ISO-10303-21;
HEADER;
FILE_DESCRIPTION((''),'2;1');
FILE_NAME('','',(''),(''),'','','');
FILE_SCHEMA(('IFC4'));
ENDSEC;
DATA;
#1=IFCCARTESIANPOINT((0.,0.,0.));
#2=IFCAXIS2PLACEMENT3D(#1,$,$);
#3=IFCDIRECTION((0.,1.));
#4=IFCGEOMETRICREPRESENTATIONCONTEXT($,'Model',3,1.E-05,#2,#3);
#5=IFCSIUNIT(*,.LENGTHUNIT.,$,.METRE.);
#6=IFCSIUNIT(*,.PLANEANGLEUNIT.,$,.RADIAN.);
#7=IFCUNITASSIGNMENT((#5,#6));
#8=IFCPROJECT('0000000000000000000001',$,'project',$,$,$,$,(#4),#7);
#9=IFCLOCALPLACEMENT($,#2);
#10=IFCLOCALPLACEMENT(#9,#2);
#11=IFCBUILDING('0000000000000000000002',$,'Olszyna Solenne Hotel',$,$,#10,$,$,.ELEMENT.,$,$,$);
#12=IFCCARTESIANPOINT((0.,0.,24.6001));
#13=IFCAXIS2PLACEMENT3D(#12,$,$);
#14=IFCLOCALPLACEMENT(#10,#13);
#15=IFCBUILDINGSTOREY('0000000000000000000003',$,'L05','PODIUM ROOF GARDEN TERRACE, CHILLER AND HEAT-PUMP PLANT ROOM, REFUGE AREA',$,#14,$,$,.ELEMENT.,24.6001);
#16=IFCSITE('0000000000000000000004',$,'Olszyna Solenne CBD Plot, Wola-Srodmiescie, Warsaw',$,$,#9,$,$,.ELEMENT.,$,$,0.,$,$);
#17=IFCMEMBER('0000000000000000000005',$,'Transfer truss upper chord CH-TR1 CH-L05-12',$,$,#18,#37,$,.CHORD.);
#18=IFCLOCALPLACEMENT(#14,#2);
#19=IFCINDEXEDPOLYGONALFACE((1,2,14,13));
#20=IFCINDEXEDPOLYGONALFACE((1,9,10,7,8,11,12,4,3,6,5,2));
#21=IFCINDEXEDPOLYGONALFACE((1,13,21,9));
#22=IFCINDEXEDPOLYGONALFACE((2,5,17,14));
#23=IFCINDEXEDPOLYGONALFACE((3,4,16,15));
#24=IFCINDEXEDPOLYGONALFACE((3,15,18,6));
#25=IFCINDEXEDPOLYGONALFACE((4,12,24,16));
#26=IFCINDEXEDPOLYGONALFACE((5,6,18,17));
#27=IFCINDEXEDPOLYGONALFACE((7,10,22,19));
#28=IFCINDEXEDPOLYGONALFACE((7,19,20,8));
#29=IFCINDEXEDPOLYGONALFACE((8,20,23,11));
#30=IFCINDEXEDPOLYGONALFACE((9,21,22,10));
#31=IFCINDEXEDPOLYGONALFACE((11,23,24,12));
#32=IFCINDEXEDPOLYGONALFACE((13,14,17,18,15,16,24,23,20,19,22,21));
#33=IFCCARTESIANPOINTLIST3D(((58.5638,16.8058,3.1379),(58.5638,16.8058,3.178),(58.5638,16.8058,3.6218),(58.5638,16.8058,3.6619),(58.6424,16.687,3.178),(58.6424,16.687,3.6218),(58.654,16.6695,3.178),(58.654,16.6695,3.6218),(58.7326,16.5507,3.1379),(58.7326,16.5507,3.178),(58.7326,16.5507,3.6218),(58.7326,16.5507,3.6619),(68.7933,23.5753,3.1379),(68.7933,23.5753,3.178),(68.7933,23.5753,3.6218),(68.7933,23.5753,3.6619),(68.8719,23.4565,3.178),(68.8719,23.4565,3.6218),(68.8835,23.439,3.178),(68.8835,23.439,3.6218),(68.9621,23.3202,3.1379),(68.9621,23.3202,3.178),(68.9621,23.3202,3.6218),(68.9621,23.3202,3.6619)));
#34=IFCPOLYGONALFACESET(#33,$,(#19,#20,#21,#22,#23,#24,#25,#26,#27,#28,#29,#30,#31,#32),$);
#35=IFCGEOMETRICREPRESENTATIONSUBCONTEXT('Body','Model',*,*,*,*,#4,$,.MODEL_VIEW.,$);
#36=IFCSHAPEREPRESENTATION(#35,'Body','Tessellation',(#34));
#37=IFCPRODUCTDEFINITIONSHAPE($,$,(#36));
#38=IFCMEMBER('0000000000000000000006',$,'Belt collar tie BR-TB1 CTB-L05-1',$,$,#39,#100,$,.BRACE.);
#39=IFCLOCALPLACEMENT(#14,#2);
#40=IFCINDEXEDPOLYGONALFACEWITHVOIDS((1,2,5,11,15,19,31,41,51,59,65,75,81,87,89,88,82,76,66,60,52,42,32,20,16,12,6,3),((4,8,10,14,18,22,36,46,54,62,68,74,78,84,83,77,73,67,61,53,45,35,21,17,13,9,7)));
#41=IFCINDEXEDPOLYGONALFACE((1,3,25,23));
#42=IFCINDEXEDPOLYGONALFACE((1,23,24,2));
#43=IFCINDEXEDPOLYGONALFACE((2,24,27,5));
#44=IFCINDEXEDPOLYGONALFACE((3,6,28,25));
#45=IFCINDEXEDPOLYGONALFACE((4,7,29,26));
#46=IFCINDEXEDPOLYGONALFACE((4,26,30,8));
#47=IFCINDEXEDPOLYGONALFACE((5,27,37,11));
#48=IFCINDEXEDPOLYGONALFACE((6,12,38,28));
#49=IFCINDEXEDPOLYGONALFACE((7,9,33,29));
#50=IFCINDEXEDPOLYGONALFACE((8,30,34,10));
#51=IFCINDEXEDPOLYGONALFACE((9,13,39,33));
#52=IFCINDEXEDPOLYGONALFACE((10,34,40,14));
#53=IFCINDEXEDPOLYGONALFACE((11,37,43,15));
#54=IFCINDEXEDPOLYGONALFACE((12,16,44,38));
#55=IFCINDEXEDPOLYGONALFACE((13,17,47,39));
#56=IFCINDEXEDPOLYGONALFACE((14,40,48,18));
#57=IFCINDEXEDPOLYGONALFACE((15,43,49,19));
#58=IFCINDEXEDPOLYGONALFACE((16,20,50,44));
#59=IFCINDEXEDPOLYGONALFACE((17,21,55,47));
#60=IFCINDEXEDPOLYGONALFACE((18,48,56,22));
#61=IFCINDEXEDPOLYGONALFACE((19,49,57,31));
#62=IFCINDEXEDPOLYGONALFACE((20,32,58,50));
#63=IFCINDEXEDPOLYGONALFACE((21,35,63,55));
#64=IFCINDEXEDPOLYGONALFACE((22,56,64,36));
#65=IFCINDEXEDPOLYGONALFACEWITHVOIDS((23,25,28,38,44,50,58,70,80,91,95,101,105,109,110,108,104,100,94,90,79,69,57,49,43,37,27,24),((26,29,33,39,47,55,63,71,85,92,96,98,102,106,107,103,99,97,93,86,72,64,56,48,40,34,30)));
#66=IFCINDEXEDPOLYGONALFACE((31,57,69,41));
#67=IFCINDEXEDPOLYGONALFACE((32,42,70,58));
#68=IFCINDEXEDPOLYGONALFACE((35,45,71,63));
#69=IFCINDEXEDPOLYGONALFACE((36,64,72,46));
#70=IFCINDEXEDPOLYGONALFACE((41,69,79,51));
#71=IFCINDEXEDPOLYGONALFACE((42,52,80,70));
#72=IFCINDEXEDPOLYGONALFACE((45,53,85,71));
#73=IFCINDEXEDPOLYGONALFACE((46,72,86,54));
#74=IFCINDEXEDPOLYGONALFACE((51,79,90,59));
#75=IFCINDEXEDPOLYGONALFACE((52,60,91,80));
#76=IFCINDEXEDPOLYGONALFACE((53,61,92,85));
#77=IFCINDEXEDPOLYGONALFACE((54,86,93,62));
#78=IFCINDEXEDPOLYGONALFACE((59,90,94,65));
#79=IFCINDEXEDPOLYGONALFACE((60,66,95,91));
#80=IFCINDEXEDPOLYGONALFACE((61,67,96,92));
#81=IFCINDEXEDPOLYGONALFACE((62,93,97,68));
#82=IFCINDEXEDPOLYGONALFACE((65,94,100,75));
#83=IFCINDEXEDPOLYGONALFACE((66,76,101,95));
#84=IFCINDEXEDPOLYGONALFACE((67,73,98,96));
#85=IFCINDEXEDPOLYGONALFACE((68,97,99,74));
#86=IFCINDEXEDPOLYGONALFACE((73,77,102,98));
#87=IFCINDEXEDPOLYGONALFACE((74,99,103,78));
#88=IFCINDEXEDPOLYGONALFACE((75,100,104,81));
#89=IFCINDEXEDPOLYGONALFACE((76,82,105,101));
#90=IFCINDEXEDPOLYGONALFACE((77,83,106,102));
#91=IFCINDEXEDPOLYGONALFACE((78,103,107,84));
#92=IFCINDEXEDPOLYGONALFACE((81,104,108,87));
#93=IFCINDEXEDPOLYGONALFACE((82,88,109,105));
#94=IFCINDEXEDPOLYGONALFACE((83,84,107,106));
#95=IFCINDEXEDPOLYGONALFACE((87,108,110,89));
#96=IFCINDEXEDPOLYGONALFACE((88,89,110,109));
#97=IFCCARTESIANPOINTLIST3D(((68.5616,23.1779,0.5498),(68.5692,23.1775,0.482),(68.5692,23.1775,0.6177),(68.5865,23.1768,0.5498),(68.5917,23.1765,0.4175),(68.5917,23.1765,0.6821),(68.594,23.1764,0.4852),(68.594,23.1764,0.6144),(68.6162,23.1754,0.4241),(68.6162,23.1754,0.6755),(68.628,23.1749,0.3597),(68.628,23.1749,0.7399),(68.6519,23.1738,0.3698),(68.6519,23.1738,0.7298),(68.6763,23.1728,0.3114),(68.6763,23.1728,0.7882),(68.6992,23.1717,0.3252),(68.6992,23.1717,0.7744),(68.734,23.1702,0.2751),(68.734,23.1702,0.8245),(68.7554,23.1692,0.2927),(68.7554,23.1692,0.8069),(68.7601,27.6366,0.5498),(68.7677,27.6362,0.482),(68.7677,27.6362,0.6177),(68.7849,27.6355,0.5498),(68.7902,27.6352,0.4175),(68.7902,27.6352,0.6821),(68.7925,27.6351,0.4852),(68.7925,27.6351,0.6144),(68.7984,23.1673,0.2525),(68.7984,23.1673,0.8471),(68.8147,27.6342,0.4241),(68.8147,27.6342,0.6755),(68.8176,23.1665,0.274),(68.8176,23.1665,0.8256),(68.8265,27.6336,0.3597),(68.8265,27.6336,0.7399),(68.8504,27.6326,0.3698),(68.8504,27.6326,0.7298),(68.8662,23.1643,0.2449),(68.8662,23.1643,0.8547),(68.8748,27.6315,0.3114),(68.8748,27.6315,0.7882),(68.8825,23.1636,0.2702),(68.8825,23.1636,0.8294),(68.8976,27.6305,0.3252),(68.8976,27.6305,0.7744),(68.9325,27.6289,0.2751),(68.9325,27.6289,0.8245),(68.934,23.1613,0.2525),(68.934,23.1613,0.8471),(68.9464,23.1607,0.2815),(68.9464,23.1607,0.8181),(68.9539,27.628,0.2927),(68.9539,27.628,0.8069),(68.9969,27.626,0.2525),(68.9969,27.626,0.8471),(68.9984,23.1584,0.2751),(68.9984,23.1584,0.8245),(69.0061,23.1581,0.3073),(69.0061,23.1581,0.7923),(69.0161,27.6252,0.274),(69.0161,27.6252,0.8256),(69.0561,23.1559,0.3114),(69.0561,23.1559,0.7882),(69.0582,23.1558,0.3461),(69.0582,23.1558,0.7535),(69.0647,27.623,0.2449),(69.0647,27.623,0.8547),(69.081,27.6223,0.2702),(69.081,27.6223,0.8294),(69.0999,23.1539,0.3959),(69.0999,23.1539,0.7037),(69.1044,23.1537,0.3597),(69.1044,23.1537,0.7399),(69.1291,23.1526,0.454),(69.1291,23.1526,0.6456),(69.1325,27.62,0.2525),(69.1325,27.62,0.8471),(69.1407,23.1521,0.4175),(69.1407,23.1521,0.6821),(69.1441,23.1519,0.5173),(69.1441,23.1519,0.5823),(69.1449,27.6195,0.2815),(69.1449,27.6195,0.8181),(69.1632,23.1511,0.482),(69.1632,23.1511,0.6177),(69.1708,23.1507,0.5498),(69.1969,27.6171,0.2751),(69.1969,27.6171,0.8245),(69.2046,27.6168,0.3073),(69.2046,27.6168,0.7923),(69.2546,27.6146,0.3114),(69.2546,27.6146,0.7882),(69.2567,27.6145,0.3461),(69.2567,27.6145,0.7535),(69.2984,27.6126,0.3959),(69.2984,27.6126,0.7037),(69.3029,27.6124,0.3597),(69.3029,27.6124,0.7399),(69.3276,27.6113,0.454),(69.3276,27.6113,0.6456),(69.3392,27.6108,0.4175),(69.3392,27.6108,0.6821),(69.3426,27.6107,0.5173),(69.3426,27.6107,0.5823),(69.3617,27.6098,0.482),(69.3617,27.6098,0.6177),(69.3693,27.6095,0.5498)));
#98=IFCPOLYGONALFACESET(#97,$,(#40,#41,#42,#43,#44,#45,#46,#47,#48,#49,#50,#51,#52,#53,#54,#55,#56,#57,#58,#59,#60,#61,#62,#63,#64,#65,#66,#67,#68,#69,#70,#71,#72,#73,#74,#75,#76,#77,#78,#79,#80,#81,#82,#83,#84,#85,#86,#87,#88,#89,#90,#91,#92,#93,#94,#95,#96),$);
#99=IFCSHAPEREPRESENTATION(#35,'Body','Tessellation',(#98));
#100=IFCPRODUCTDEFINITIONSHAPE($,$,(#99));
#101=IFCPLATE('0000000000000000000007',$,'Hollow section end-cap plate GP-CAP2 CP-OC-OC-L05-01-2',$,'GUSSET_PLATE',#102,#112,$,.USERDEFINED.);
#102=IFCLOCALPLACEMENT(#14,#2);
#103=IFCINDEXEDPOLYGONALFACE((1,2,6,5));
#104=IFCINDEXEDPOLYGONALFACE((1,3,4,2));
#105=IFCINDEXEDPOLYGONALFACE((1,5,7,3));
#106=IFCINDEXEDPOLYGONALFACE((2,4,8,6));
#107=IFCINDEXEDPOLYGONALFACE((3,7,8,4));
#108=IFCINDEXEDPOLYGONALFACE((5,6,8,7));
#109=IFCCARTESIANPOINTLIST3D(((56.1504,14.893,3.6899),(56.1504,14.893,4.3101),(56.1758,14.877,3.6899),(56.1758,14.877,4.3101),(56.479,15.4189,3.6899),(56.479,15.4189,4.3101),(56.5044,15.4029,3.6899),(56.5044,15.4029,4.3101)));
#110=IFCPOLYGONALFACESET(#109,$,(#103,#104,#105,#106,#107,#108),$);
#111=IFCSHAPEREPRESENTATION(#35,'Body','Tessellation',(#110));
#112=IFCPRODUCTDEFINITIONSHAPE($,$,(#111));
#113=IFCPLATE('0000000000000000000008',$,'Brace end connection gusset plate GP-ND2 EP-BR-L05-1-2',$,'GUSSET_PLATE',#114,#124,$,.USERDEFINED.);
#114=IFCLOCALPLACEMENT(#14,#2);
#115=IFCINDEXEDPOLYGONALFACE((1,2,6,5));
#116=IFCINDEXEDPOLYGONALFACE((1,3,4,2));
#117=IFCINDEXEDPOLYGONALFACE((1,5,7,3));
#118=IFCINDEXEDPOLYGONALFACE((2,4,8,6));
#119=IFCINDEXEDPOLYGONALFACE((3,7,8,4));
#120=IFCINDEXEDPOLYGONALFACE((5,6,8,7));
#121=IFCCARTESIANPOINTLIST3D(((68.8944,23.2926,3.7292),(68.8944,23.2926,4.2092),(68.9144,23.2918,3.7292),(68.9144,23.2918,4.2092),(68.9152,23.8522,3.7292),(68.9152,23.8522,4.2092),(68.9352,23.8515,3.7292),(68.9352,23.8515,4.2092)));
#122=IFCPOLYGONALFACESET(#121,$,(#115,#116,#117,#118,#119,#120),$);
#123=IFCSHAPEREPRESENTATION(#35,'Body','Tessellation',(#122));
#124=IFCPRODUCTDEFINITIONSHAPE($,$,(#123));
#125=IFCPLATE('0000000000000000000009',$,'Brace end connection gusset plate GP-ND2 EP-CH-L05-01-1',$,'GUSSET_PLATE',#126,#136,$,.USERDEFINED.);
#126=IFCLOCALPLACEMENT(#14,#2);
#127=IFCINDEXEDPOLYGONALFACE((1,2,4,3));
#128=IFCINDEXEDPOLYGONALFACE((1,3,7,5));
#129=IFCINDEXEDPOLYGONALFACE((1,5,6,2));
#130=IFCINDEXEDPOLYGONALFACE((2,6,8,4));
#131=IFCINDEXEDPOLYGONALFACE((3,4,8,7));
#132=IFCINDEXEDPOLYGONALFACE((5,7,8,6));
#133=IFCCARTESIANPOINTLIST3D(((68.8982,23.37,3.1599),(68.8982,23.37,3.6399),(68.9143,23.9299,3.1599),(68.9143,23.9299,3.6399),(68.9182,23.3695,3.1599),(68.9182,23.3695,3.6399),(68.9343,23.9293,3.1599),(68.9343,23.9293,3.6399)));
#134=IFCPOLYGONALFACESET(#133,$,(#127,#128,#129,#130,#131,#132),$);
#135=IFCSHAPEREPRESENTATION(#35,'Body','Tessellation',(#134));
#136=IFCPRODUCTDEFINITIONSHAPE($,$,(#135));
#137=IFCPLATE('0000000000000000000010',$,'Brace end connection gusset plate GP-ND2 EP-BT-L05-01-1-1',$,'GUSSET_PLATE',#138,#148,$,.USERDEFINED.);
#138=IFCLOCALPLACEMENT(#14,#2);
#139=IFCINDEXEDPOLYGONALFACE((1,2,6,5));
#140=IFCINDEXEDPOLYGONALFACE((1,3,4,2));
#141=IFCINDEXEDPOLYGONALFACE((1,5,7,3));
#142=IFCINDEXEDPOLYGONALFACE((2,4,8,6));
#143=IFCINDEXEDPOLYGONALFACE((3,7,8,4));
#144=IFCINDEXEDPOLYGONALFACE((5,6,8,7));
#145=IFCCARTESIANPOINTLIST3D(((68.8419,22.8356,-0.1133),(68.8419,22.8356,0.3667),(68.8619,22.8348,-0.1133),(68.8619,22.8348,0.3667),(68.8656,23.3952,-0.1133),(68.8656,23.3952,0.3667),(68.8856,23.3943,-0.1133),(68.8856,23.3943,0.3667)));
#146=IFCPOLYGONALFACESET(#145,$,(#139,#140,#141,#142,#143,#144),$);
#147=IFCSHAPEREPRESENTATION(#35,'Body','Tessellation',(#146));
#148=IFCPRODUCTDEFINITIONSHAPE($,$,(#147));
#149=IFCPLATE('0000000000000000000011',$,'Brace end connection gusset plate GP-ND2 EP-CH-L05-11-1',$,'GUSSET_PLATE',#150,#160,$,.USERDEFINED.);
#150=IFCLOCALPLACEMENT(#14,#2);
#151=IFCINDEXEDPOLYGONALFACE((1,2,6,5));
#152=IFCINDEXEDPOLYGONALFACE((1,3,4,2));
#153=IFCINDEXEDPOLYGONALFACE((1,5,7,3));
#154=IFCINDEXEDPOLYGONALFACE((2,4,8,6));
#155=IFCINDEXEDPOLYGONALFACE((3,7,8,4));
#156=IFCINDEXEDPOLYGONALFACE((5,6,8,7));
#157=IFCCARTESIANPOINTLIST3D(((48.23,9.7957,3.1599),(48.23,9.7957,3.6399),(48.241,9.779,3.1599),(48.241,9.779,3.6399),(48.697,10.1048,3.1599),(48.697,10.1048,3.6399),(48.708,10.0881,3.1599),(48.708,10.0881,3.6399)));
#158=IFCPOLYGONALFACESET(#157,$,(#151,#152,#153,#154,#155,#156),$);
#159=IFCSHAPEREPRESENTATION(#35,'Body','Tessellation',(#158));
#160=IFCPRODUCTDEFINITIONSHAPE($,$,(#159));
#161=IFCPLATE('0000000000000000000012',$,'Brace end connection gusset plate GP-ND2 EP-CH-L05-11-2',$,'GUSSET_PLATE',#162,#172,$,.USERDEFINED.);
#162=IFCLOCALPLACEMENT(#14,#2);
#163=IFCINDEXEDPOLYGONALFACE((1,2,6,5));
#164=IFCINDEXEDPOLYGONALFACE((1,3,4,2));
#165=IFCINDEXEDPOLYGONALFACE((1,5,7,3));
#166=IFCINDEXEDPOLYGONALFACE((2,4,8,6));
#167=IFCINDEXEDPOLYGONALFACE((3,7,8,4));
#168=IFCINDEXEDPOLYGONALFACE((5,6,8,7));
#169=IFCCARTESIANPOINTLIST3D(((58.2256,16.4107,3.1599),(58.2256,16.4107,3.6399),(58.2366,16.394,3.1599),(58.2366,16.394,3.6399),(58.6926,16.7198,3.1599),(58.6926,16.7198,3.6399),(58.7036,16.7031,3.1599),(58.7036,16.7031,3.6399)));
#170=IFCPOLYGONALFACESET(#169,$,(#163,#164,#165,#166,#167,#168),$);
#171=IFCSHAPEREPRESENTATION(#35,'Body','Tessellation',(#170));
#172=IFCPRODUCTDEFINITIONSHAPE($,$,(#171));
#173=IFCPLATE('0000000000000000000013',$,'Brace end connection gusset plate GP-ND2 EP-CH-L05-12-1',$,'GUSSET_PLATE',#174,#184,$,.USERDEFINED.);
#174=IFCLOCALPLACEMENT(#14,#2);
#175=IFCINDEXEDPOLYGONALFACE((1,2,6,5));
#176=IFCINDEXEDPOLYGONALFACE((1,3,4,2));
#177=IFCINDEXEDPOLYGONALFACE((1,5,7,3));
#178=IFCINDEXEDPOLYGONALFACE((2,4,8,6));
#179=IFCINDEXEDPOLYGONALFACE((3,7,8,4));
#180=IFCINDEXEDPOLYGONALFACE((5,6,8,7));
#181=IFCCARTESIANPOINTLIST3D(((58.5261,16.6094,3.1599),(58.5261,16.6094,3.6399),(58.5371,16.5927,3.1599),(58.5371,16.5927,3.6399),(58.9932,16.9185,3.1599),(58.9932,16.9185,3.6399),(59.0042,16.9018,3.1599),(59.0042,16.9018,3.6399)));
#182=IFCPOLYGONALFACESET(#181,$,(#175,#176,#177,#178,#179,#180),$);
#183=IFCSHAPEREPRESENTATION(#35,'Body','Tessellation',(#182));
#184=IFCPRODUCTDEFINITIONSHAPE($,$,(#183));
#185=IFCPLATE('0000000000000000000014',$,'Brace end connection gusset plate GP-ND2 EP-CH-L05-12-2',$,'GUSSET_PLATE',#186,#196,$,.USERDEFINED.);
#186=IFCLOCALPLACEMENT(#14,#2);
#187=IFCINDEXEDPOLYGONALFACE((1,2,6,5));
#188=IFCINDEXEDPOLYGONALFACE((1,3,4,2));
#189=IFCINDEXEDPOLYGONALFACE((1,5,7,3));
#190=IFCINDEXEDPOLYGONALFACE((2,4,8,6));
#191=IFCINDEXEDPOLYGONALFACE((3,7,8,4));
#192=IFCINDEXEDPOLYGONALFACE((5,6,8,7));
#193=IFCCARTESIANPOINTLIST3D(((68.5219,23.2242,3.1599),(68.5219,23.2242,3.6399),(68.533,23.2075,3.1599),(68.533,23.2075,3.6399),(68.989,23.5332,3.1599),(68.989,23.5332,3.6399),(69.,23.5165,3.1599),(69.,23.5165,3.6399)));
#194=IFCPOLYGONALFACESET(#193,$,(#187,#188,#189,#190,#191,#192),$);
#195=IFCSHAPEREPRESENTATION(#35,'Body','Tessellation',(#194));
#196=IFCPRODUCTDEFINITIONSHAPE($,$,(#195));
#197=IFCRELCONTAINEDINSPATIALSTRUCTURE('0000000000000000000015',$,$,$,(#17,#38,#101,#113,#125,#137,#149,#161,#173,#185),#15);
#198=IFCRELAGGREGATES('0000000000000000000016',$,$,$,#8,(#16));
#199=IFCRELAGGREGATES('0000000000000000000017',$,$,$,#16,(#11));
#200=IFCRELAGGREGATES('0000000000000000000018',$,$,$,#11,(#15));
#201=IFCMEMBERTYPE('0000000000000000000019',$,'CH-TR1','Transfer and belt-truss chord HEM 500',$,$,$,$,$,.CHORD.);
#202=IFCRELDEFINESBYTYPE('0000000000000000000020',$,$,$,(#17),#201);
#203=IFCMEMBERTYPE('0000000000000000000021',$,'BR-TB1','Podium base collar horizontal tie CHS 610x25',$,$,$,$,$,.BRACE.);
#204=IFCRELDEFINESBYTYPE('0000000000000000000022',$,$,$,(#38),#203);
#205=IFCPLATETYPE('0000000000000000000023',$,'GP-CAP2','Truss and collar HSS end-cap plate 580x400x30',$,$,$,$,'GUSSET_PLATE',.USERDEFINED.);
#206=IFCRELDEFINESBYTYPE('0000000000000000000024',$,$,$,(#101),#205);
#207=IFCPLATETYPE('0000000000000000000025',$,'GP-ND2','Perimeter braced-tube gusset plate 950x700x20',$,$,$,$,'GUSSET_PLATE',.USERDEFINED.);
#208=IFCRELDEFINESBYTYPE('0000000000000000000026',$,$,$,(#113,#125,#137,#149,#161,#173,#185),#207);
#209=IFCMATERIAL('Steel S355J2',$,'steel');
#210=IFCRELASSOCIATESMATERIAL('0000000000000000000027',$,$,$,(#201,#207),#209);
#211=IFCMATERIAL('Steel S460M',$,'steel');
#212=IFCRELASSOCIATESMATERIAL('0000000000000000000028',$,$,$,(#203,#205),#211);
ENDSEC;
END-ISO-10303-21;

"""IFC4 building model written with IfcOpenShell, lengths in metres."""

from ifc_helpers import new_model, si_unit, direction, frame, origin, origin_2d, place, context, subcontext, project, spatial, rectangle, hollow_circle, i_section, extrude, source, transform, mapped, material, material_profile, profile_set, type_object, element, save


model = new_model("IFC4")

# Units and contexts
model_context = context("Model", 3, precision=1e-05, world=origin(), true_north=direction((0.0, 1.0)))
body_context = subcontext(model_context, "Body", "Model", "MODEL_VIEW")
ifc_project = project(units=[si_unit("LENGTHUNIT", "METRE"), si_unit("PLANEANGLEUNIT", "RADIAN")], contexts=[model_context])

# Site, building, storey
site_placement = place(None, origin())
site = spatial("IfcSite", under=ifc_project, at=site_placement, Name="Olszyna Solenne CBD Plot, Wola-Srodmiescie, Warsaw", CompositionType="ELEMENT", RefElevation=0.0)
building_placement = place(site_placement, origin())
building = spatial("IfcBuilding", under=site, at=building_placement, Name="Olszyna Solenne Hotel", CompositionType="ELEMENT")
storey_placement = place(building_placement, frame((0.0, 0.0, 24.6001)))
storey = spatial("IfcBuildingStorey", under=building, at=storey_placement, Name="L05", Description="PODIUM ROOF GARDEN TERRACE, CHILLER AND HEAT-PUMP PLANT ROOM, REFUGE AREA", CompositionType="ELEMENT", Elevation=24.6001)

# Shared definitions
ifc_material_1 = material(Name="Steel S355J2", Category="steel")
ifc_material_2 = material(Name="Steel S460M", Category="steel")

# Members
ifc_material_profile_1 = material_profile(ifc_material_1, i_section(OverallWidth=0.3059, OverallDepth=0.5239, WebThickness=0.021, FlangeThickness=0.04, at=origin_2d()), Name="HEM 500", Category="load-bearing")
ifc_profile_set_1 = profile_set([ifc_material_profile_1], Name="Steel S355J2")
member_type_1 = type_object("IfcMemberType", Name="CH-TR1", Description="Transfer and belt-truss chord HEM 500", PredefinedType="CHORD", material=ifc_profile_set_1)
shared_shape_1 = source(origin(), body_context, "Body", "SweptSolid", [
    extrude(i_section(OverallWidth=0.3059, OverallDepth=0.5239, WebThickness=0.021, FlangeThickness=0.04, at=origin_2d()), origin(), (0.0, 0.0, 1.0), 12.2666),
])
member_1_placement = place(storey_placement, frame((58.6482, 16.6782, 3.3999), z_axis=(0.833932, 0.551868, 0.0), x_axis=(-0.551868, 0.833932, 0.0)))
element("IfcMember", 1, at=member_1_placement, inside=storey, type_object=member_type_1, Name="Transfer truss upper chord CH-TR1 CH-L05-12", PredefinedType="CHORD", context=body_context, shape_type="MappedRepresentation", body=[
    mapped(shared_shape_1, transform((0.0, 0.0, 0.0), x_axis=(1.0, 0.0, 0.0), y_axis=(0.0, 1.0, 0.0), z_axis=(0.0, 0.0, 1.0), scale=1.0)),
])
ifc_material_profile_2 = material_profile(ifc_material_2, hollow_circle(Radius=0.3049, WallThickness=0.0249, at=origin_2d()), Name="CHS 610x25", Category="load-bearing")
ifc_profile_set_2 = profile_set([ifc_material_profile_2], Name="Steel S460M")
member_type_2 = type_object("IfcMemberType", Name="BR-TB1", Description="Podium base collar horizontal tie CHS 610x25", PredefinedType="BRACE", material=ifc_profile_set_2)
shared_shape_2 = source(origin(), body_context, "Body", "SweptSolid", [
    extrude(hollow_circle(Radius=0.3049, WallThickness=0.0249, at=origin_2d()), origin(), (0.0, 0.0, 1.0), 4.4631),
])
member_2_placement = place(storey_placement, frame((68.8662, 23.1643, 0.5498), z_axis=(0.044472, 0.999011, 0.0), x_axis=(-0.999011, 0.044472, 0.0)))
element("IfcMember", 2, at=member_2_placement, inside=storey, type_object=member_type_2, Name="Belt collar tie BR-TB1 CTB-L05-1", PredefinedType="BRACE", context=body_context, shape_type="MappedRepresentation", body=[
    mapped(shared_shape_2, transform((0.0, 0.0, 0.0), x_axis=(1.0, 0.0, 0.0), y_axis=(0.0, 1.0, 0.0), z_axis=(0.0, 0.0, 1.0), scale=1.0)),
])

# Plates
plate_type_1 = type_object("IfcPlateType", Name="GP-CAP2", Description="Truss and collar HSS end-cap plate 580x400x30", ElementType="GUSSET_PLATE", PredefinedType="USERDEFINED", material=ifc_material_2)
shared_shape_3 = source(origin(), body_context, "Body", "SweptSolid", [
    extrude(rectangle(XDim=0.03, YDim=0.6201, at=origin_2d()), origin(), (0.0, 0.0, 1.0), 0.6201),
])
plate_1_placement = place(storey_placement, frame((56.3274, 15.1479, 3.6899), z_axis=(0.0, 0.0, 1.0), x_axis=(0.848048, -0.529919, 0.0)))
element("IfcPlate", 3, at=plate_1_placement, inside=storey, type_object=plate_type_1, Name="Hollow section end-cap plate GP-CAP2 CP-OC-OC-L05-01-2", ObjectType="GUSSET_PLATE", PredefinedType="USERDEFINED", context=body_context, shape_type="MappedRepresentation", body=[
    mapped(shared_shape_3, transform((0.0, 0.0, 0.0), x_axis=(1.0, 0.0, 0.0), y_axis=(0.0, 1.0, 0.0), z_axis=(0.0, 0.0, 1.0), scale=1.0)),
])
plate_type_2 = type_object("IfcPlateType", Name="GP-ND2", Description="Perimeter braced-tube gusset plate 950x700x20", ElementType="GUSSET_PLATE", PredefinedType="USERDEFINED", material=ifc_material_1)
shared_shape_4 = source(origin(), body_context, "Body", "SweptSolid", [
    extrude(rectangle(XDim=0.5601, YDim=0.02, at=origin_2d()), origin(), (0.0, 0.0, 1.0), 0.48),
])
for number, where, z_axis, x_axis, name in (
    (4, (68.9148, 23.572, 3.7292), (0.0, 0.0, 1.0), (-0.037167, -0.999309, 0.0), "Brace end connection gusset plate GP-ND2 EP-BR-L05-1-2"),
    (5, (68.9163, 23.6497, 3.1599), (0.0, 0.0, 1.0), (0.028794, 0.999585, 0.0), "Brace end connection gusset plate GP-ND2 EP-CH-L05-01-1"),
    (6, (68.8638, 23.115, -0.1133), (0.0, 0.0, 1.0), (0.042224, 0.999108, 0.0), "Brace end connection gusset plate GP-ND2 EP-BT-L05-01-1-1"),
    (7, (48.469, 9.9419, 3.1599), (0.0, 0.0, 1.0), (0.833886, 0.551937, 0.0), "Brace end connection gusset plate GP-ND2 EP-CH-L05-11-1"),
    (8, (58.4646, 16.5569, 3.1599), (0.0, 0.0, 1.0), (0.833886, 0.551937, 0.0), "Brace end connection gusset plate GP-ND2 EP-CH-L05-11-2"),
    (9, (58.7651, 16.7556, 3.1599), (0.0, 0.0, 1.0), (0.833982, 0.551791, 0.0), "Brace end connection gusset plate GP-ND2 EP-CH-L05-12-1"),
    (10, (68.761, 23.3704, 3.1599), (0.0, 0.0, 1.0), (0.833982, 0.551791, 0.0), "Brace end connection gusset plate GP-ND2 EP-CH-L05-12-2"),
):
    element("IfcPlate", number, at=place(storey_placement, frame(where, z_axis=z_axis, x_axis=x_axis)), inside=storey, type_object=plate_type_2, Name=name, ObjectType="GUSSET_PLATE", PredefinedType="USERDEFINED", context=body_context, shape_type="MappedRepresentation", body=[
        mapped(shared_shape_4, transform((0.0, 0.0, 0.0), x_axis=(1.0, 0.0, 0.0), y_axis=(0.0, 1.0, 0.0), z_axis=(0.0, 0.0, 1.0), scale=1.0)),
    ])

save(model, "model.ifc")
